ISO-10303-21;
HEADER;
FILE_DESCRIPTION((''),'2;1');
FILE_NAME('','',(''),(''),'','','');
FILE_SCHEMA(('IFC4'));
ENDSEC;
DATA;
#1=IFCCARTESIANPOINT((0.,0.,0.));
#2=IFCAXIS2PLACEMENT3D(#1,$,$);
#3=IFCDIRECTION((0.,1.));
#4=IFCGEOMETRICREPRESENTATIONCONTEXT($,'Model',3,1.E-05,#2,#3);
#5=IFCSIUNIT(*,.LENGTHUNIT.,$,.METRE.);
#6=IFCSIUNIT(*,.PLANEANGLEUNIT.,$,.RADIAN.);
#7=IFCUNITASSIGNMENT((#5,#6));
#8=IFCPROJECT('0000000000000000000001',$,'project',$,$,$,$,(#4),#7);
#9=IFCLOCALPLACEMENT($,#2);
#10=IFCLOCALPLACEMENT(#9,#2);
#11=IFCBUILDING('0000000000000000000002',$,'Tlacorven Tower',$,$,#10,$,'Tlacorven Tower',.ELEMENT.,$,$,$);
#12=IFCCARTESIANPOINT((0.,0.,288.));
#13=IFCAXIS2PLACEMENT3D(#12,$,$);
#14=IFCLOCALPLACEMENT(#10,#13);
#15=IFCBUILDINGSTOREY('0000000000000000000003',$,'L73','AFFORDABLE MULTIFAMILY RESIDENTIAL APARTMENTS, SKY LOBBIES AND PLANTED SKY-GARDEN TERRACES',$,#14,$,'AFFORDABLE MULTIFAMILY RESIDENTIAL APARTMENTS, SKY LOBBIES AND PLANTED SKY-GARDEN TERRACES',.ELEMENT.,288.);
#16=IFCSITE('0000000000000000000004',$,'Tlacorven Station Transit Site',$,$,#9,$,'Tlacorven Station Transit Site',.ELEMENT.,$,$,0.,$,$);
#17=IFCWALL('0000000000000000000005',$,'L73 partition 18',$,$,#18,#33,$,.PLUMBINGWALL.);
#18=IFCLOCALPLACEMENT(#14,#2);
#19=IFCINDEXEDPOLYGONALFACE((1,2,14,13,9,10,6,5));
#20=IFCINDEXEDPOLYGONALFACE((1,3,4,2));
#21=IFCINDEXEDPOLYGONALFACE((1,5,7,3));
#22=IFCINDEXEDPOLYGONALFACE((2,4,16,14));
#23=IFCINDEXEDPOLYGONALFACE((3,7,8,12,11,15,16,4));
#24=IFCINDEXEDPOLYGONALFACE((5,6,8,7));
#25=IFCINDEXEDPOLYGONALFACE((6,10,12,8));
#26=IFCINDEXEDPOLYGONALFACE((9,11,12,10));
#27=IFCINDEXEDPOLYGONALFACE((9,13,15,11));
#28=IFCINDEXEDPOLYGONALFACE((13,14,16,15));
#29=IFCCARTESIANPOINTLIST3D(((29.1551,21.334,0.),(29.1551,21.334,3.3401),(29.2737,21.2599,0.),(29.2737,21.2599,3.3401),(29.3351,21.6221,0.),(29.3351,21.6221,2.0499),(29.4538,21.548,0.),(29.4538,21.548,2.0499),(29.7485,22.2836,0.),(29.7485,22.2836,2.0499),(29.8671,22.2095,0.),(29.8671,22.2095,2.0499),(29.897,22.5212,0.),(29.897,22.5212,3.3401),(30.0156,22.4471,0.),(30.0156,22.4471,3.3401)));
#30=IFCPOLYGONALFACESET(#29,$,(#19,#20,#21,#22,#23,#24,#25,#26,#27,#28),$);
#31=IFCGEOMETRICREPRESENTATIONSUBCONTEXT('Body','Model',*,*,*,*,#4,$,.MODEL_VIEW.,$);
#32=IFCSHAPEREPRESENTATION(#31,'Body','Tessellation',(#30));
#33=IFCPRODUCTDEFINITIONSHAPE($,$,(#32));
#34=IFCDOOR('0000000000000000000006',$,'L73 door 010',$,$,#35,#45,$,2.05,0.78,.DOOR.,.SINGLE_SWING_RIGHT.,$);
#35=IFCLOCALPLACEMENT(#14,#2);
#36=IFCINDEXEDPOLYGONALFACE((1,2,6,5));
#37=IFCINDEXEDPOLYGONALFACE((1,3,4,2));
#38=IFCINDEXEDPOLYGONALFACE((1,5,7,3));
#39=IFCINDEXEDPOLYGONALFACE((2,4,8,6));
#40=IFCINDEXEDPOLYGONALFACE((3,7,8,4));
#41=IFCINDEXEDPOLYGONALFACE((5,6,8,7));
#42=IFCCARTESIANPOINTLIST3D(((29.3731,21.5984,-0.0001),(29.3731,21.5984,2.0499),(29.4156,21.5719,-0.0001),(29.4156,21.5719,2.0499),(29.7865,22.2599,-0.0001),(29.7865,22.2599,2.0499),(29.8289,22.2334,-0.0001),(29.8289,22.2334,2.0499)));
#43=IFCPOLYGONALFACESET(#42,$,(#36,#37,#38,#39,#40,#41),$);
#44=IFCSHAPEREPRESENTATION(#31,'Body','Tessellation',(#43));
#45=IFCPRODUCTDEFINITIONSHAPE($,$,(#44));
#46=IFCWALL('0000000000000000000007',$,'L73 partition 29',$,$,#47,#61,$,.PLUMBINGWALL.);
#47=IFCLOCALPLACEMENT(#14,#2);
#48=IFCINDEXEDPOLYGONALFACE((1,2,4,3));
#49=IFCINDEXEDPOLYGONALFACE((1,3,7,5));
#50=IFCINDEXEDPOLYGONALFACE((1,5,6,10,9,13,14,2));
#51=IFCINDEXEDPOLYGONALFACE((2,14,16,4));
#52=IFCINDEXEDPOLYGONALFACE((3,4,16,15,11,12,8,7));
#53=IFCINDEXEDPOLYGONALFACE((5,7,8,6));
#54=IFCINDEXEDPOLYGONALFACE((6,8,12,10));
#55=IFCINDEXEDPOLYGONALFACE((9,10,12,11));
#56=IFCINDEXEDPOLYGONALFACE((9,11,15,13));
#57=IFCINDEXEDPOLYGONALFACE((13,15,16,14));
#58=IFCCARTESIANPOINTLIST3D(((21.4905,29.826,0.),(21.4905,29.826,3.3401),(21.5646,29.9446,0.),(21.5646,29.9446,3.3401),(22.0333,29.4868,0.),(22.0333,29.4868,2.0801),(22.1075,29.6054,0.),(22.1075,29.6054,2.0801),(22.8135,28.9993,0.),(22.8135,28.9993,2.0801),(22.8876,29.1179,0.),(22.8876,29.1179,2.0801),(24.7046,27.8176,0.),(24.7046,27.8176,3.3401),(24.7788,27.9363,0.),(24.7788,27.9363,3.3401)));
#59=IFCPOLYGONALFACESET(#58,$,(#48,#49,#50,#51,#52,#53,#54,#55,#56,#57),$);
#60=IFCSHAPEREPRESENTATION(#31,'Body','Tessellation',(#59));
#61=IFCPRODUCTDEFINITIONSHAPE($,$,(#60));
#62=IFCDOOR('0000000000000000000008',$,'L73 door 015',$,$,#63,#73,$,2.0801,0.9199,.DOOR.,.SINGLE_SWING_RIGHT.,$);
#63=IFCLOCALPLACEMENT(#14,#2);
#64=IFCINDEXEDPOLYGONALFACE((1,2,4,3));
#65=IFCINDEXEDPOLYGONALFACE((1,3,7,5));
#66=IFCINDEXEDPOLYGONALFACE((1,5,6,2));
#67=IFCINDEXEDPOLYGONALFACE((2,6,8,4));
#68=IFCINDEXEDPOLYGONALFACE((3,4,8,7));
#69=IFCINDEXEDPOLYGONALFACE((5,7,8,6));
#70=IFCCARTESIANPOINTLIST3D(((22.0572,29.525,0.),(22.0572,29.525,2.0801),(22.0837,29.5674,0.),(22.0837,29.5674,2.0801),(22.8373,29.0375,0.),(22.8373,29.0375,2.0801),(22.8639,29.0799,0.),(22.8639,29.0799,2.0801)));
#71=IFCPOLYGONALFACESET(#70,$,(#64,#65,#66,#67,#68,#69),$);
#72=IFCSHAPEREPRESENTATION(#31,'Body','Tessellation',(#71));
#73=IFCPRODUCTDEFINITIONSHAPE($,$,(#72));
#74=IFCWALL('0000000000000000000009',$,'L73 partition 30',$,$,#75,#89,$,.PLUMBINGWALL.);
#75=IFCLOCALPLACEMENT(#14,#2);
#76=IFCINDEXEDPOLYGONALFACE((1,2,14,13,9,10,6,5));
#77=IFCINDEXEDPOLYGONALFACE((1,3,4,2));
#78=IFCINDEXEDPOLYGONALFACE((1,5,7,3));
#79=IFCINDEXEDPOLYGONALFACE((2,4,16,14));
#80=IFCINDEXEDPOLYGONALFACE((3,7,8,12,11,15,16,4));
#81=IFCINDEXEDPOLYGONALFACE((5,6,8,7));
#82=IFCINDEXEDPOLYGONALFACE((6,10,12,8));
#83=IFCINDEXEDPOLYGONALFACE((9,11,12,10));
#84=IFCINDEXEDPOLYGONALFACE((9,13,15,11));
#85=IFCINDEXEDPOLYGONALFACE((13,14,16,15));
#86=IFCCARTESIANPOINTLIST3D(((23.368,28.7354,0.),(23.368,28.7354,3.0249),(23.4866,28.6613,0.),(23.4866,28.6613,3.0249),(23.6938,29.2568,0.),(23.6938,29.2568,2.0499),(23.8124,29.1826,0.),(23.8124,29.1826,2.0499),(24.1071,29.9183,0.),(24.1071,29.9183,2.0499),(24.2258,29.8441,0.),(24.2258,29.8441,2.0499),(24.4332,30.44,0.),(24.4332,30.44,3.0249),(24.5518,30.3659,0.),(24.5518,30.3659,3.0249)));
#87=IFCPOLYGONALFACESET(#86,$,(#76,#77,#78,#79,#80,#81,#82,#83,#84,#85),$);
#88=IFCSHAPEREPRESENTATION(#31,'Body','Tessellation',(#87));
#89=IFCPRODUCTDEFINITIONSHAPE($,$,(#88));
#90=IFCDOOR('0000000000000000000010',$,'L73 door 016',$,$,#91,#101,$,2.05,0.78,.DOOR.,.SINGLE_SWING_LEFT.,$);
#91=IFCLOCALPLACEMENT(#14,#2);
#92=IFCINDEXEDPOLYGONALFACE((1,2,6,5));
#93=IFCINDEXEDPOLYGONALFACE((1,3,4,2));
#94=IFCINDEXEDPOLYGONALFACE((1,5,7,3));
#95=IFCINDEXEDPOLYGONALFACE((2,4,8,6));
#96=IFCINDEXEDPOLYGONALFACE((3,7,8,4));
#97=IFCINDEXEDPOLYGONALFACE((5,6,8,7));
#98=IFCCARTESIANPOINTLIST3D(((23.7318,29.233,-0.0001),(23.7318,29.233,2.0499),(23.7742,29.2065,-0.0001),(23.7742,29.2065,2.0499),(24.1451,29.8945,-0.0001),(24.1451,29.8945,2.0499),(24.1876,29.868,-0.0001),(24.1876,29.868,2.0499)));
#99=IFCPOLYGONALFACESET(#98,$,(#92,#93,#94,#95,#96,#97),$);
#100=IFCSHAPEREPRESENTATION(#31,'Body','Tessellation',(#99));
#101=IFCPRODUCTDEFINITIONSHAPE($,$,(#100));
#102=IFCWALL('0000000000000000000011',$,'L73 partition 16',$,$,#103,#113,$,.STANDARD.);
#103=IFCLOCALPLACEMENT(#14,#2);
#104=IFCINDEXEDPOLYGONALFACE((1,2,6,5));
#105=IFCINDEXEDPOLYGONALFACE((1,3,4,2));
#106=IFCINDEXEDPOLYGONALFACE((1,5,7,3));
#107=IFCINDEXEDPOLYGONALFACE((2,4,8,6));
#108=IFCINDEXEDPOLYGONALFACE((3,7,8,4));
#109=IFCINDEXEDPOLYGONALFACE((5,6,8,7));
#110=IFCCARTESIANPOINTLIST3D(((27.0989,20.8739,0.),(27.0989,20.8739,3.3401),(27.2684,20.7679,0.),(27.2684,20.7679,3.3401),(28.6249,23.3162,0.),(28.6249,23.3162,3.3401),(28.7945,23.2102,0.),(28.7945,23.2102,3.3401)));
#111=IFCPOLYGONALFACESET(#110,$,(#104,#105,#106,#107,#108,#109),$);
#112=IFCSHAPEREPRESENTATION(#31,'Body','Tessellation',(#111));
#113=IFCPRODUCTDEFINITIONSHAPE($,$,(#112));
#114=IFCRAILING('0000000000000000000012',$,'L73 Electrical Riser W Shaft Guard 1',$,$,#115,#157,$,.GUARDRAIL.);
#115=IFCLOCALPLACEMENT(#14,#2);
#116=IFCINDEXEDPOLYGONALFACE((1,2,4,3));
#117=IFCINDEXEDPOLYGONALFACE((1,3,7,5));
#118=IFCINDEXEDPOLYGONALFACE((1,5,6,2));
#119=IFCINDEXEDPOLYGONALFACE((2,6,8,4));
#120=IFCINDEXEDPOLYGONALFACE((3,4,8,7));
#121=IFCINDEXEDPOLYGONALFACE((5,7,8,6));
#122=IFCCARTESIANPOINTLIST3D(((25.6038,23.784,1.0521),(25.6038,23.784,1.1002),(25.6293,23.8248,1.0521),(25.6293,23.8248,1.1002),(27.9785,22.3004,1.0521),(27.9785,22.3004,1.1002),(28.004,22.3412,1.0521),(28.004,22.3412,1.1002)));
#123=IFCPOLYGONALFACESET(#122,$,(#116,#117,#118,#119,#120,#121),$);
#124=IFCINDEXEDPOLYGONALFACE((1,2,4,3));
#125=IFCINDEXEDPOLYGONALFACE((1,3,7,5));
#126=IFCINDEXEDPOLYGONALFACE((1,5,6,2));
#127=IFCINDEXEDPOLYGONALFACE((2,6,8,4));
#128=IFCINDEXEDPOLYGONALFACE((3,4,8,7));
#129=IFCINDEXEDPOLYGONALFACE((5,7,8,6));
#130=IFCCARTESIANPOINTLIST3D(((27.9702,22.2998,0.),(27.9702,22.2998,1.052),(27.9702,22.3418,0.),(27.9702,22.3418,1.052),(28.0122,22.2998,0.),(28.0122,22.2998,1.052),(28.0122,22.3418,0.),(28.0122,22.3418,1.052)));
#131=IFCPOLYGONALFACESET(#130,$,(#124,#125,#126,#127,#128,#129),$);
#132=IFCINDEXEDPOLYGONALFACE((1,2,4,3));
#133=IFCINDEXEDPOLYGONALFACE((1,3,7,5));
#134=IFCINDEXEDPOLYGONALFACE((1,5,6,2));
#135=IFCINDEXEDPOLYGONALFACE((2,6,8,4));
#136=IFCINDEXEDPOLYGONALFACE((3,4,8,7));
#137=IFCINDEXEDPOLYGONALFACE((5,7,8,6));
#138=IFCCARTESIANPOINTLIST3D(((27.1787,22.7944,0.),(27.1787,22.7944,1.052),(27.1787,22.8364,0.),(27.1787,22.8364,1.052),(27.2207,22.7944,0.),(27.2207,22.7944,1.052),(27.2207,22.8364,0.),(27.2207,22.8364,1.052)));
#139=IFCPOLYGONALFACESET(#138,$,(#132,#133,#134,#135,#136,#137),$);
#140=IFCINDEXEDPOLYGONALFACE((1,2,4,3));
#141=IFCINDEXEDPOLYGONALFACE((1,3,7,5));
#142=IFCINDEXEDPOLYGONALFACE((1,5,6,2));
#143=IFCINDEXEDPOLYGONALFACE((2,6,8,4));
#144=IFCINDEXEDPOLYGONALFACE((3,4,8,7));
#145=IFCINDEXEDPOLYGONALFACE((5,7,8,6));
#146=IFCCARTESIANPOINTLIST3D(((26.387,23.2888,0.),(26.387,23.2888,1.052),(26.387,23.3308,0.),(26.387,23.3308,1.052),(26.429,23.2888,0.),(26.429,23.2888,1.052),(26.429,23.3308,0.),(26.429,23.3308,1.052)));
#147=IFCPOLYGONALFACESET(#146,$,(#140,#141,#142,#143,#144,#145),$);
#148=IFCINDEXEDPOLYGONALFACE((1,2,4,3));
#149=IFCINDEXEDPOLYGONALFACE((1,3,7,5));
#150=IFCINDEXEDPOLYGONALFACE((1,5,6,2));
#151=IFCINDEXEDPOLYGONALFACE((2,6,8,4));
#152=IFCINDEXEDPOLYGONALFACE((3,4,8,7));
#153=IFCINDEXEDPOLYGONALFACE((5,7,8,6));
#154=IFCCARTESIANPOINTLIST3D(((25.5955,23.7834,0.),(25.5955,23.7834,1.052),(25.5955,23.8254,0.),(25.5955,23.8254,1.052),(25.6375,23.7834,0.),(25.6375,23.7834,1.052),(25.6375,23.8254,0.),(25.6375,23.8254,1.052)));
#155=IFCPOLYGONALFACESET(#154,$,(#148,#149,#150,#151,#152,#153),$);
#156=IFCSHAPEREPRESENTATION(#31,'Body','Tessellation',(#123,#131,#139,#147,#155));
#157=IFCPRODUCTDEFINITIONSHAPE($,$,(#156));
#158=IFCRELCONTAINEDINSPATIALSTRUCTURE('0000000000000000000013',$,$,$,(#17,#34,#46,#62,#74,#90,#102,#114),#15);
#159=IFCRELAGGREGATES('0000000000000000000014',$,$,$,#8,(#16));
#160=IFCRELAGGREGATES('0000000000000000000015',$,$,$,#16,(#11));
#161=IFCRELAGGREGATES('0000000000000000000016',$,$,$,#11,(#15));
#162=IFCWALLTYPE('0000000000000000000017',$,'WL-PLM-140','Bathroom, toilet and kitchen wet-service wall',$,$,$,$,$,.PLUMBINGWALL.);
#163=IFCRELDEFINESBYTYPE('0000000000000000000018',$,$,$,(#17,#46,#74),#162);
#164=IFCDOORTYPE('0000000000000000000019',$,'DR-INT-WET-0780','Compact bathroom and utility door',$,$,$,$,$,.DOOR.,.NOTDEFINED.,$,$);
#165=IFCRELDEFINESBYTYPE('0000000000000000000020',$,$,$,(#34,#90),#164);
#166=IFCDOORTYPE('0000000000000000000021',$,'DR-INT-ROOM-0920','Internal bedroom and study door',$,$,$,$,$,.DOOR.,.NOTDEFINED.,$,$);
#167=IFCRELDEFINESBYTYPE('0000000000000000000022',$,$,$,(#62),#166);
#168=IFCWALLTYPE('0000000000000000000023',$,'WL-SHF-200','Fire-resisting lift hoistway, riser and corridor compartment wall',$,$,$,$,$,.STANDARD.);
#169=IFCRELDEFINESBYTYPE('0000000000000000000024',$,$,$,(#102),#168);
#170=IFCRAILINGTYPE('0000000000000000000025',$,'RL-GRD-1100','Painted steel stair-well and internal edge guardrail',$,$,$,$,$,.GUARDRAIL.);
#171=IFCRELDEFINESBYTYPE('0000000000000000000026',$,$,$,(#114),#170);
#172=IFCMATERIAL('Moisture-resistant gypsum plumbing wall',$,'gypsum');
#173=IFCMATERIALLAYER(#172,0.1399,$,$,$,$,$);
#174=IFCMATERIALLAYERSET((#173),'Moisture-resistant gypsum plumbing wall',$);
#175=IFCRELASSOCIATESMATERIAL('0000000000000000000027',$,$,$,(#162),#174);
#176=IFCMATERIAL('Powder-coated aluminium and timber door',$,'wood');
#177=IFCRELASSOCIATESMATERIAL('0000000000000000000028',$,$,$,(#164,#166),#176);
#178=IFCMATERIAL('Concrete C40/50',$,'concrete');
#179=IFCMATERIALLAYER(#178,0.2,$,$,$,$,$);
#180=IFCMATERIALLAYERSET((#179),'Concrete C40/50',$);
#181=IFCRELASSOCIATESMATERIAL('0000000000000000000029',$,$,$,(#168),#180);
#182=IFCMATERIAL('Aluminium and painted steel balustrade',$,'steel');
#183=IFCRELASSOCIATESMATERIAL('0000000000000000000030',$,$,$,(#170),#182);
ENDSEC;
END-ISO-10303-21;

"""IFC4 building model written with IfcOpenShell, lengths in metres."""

from ifc_helpers import new_model, si_unit, direction, frame, frame_2d, origin, origin_2d, place, context, subcontext, project, spatial, rectangle, extrude, source, transform, mapped, material, layer, layer_set, type_object, element, fill, save


model = new_model("IFC4")

# Units and contexts
model_context = context("Model", 3, precision=1e-05, world=origin(), true_north=direction((0.0, 1.0)))
body_context = subcontext(model_context, "Body", "Model", "MODEL_VIEW")
ifc_project = project(units=[si_unit("LENGTHUNIT", "METRE"), si_unit("PLANEANGLEUNIT", "RADIAN")], contexts=[model_context])

# Site, building, storey
site_placement = place(None, origin())
site = spatial("IfcSite", under=ifc_project, at=site_placement, Name="Tlacorven Station Transit Site", LongName="Tlacorven Station Transit Site", CompositionType="ELEMENT", RefElevation=0.0)
building_placement = place(site_placement, origin())
building = spatial("IfcBuilding", under=site, at=building_placement, Name="Tlacorven Tower", LongName="Tlacorven Tower", CompositionType="ELEMENT")
storey_placement = place(building_placement, frame((0.0, 0.0, 288.0)))
storey = spatial("IfcBuildingStorey", under=building, at=storey_placement, Name="L73", Description="AFFORDABLE MULTIFAMILY RESIDENTIAL APARTMENTS, SKY LOBBIES AND PLANTED SKY-GARDEN TERRACES", LongName="AFFORDABLE MULTIFAMILY RESIDENTIAL APARTMENTS, SKY LOBBIES AND PLANTED SKY-GARDEN TERRACES", CompositionType="ELEMENT", Elevation=288.0)

# Walls, openings, doors
ifc_material_1 = material(Name="Moisture-resistant gypsum plumbing wall", Category="gypsum")
ifc_layer_1 = layer(ifc_material_1, 0.1399)
ifc_layer_set_1 = layer_set([ifc_layer_1], Name="Moisture-resistant gypsum plumbing wall")
wall_type_1 = type_object("IfcWallType", Name="WL-PLM-140", Description="Bathroom, toilet and kitchen wet-service wall", PredefinedType="PLUMBINGWALL", material=ifc_layer_set_1)
wall_1_placement = place(storey_placement, frame((29.9563, 22.4841, 0.0), z_axis=(0.0, 0.0, 1.0), x_axis=(-0.529952, -0.848028, 0.0)))
wall_1 = element("IfcWall", 1, at=wall_1_placement, inside=storey, type_object=wall_type_1, Name="L73 partition 18", PredefinedType="PLUMBINGWALL", context=body_context, shape_type="SweptSolid", body=[
    extrude(rectangle(XDim=1.3999, YDim=0.1399, at=frame_2d((0.7, 0.0))), origin(), (0.0, 0.0, 1.0), 3.3401),
])
opening_1_placement = place(wall_1_placement, frame((0.28, 0.0, 0.0)))
opening_1 = element("IfcOpeningElement", 2, at=opening_1_placement, cuts=wall_1, PredefinedType="OPENING", context=body_context, shape_type="SweptSolid", body=[
    extrude(rectangle(XDim=0.78, YDim=2.05, at=frame_2d((0.3901, 1.0249))), frame((0.0, 0.0801, 0.0), z_axis=(0.0, -1.0, 0.0), x_axis=(1.0, 0.0, 0.0)), (0.0, 0.0, 1.0), 0.1599),
])
ifc_material_2 = material(Name="Powder-coated aluminium and timber door", Category="wood")
door_type_1 = type_object("IfcDoorType", Name="DR-INT-WET-0780", Description="Compact bathroom and utility door", OperationType="NOTDEFINED", PredefinedType="DOOR", material=ifc_material_2)
shared_shape_1 = source(origin(), body_context, "Body", "SweptSolid", [
    extrude(rectangle(XDim=0.78, YDim=2.05, at=frame_2d((0.3901, 1.0249))), frame((0.0, 0.0249, 0.0), z_axis=(0.0, -1.0, 0.0), x_axis=(1.0, 0.0, 0.0)), (0.0, 0.0, 1.0), 0.05),
])
door_1_placement = place(opening_1_placement, origin())
door_1 = element("IfcDoor", 3, at=door_1_placement, inside=storey, type_object=door_type_1, Name="L73 door 010", OperationType="SINGLE_SWING_RIGHT", OverallHeight=2.05, OverallWidth=0.78, PredefinedType="DOOR", context=body_context, shape_type="MappedRepresentation", body=[
    mapped(shared_shape_1, transform((0.0, 0.0, 0.0), scale=1.0)),
])
fill(opening_1, door_1)
wall_2_placement = place(storey_placement, frame((24.7417, 27.877, 0.0), z_axis=(0.0, 0.0, 1.0), x_axis=(-0.84806, 0.529901, 0.0)))
wall_2 = element("IfcWall", 4, at=wall_2_placement, inside=storey, type_object=wall_type_1, Name="L73 partition 29", PredefinedType="PLUMBINGWALL", context=body_context, shape_type="SweptSolid", body=[
    extrude(rectangle(XDim=3.79, YDim=0.1399, at=frame_2d((1.895, 0.0))), origin(), (0.0, 0.0, 1.0), 3.3401),
])
opening_2_placement = place(wall_2_placement, frame((2.23, 0.0, 0.0)))
opening_2 = element("IfcOpeningElement", 5, at=opening_2_placement, cuts=wall_2, PredefinedType="OPENING", context=body_context, shape_type="SweptSolid", body=[
    extrude(rectangle(XDim=0.9199, YDim=2.0801, at=frame_2d((0.46, 1.04))), frame((0.0, 0.0801, 0.0), z_axis=(0.0, -1.0, 0.0), x_axis=(1.0, 0.0, 0.0)), (0.0, 0.0, 1.0), 0.1599),
])
door_type_2 = type_object("IfcDoorType", Name="DR-INT-ROOM-0920", Description="Internal bedroom and study door", OperationType="NOTDEFINED", PredefinedType="DOOR", material=ifc_material_2)
shared_shape_2 = source(origin(), body_context, "Body", "SweptSolid", [
    extrude(rectangle(XDim=0.9199, YDim=2.0801, at=frame_2d((0.46, 1.04))), frame((0.0, 0.0249, 0.0), z_axis=(0.0, -1.0, 0.0), x_axis=(1.0, 0.0, 0.0)), (0.0, 0.0, 1.0), 0.05),
])
door_2_placement = place(opening_2_placement, origin())
door_2 = element("IfcDoor", 6, at=door_2_placement, inside=storey, type_object=door_type_2, Name="L73 door 015", OperationType="SINGLE_SWING_RIGHT", OverallHeight=2.0801, OverallWidth=0.9199, PredefinedType="DOOR", context=body_context, shape_type="MappedRepresentation", body=[
    mapped(shared_shape_2, transform((0.0, 0.0, 0.0), scale=1.0)),
])
fill(opening_2, door_2)
wall_3_placement = place(storey_placement, frame((24.4924, 30.4028, 0.0), z_axis=(0.0, 0.0, 1.0), x_axis=(-0.529933, -0.848039, 0.0)))
wall_3 = element("IfcWall", 7, at=wall_3_placement, inside=storey, type_object=wall_type_1, Name="L73 partition 30", PredefinedType="PLUMBINGWALL", context=body_context, shape_type="SweptSolid", body=[
    extrude(rectangle(XDim=2.01, YDim=0.1399, at=frame_2d((1.0049, 0.0))), origin(), (0.0, 0.0, 1.0), 3.0249),
])
opening_3_placement = place(wall_3_placement, frame((0.615, 0.0, 0.0)))
opening_3 = element("IfcOpeningElement", 8, at=opening_3_placement, cuts=wall_3, PredefinedType="OPENING", context=body_context, shape_type="SweptSolid", body=[
    extrude(rectangle(XDim=0.78, YDim=2.05, at=frame_2d((0.3901, 1.0249))), frame((0.0, 0.0801, 0.0), z_axis=(0.0, -1.0, 0.0), x_axis=(1.0, 0.0, 0.0)), (0.0, 0.0, 1.0), 0.1599),
])
door_3_placement = place(opening_3_placement, origin())
door_3 = element("IfcDoor", 9, at=door_3_placement, inside=storey, type_object=door_type_1, Name="L73 door 016", OperationType="SINGLE_SWING_LEFT", OverallHeight=2.05, OverallWidth=0.78, PredefinedType="DOOR", context=body_context, shape_type="MappedRepresentation", body=[
    mapped(shared_shape_1, transform((0.0, 0.0, 0.0), scale=1.0)),
])
fill(opening_3, door_3)

# Wall
ifc_material_3 = material(Name="Concrete C40/50", Category="concrete")
ifc_layer_2 = layer(ifc_material_3, 0.2)
ifc_layer_set_2 = layer_set([ifc_layer_2], Name="Concrete C40/50")
wall_type_2 = type_object("IfcWallType", Name="WL-SHF-200", Description="Fire-resisting lift hoistway, riser and corridor compartment wall", PredefinedType="STANDARD", material=ifc_layer_set_2)
wall_4_placement = place(storey_placement, frame((28.7097, 23.2632, 0.0), z_axis=(0.0, 0.0, 1.0), x_axis=(-0.529907, -0.848055, 0.0)))
element("IfcWall", 10, at=wall_4_placement, inside=storey, type_object=wall_type_2, Name="L73 partition 16", PredefinedType="STANDARD", context=body_context, shape_type="SweptSolid", body=[
    extrude(rectangle(XDim=2.8799, YDim=0.2, at=frame_2d((1.4399, 0.0))), origin(), (0.0, 0.0, 1.0), 3.3401),
])

# Railing
ifc_material_4 = material(Name="Aluminium and painted steel balustrade", Category="steel")
railing_type = type_object("IfcRailingType", Name="RL-GRD-1100", Description="Painted steel stair-well and internal edge guardrail", PredefinedType="GUARDRAIL", material=ifc_material_4)
shared_shape_3 = source(origin(), body_context, "Body", "SweptSolid", [
    extrude(rectangle(XDim=0.0481, YDim=0.0481, at=origin_2d()), frame((0.0, 0.0, 1.0762), z_axis=(-0.848091, 0.52985, 0.0), x_axis=(-0.52985, -0.848091, 0.0)), (0.0, 0.0, 1.0), 2.8),
    extrude(rectangle(XDim=0.042, YDim=0.042, at=origin_2d()), origin(), (0.0, 0.0, 1.0), 1.052),
    extrude(rectangle(XDim=0.042, YDim=0.042, at=origin_2d()), frame((-0.7915, 0.4946, 0.0)), (0.0, 0.0, 1.0), 1.052),
    extrude(rectangle(XDim=0.042, YDim=0.042, at=origin_2d()), frame((-1.5833, 0.989, 0.0)), (0.0, 0.0, 1.0), 1.052),
    extrude(rectangle(XDim=0.042, YDim=0.042, at=origin_2d()), frame((-2.3748, 1.4836, 0.0)), (0.0, 0.0, 1.0), 1.052),
])
railing_placement = place(storey_placement, frame((27.9912, 22.3208, 0.0)))
element("IfcRailing", 11, at=railing_placement, inside=storey, type_object=railing_type, Name="L73 Electrical Riser W Shaft Guard 1", PredefinedType="GUARDRAIL", context=body_context, shape_type="MappedRepresentation", body=[
    mapped(shared_shape_3, transform((0.0, 0.0, 0.0), scale=1.0)),
])

save(model, "model.ifc")
